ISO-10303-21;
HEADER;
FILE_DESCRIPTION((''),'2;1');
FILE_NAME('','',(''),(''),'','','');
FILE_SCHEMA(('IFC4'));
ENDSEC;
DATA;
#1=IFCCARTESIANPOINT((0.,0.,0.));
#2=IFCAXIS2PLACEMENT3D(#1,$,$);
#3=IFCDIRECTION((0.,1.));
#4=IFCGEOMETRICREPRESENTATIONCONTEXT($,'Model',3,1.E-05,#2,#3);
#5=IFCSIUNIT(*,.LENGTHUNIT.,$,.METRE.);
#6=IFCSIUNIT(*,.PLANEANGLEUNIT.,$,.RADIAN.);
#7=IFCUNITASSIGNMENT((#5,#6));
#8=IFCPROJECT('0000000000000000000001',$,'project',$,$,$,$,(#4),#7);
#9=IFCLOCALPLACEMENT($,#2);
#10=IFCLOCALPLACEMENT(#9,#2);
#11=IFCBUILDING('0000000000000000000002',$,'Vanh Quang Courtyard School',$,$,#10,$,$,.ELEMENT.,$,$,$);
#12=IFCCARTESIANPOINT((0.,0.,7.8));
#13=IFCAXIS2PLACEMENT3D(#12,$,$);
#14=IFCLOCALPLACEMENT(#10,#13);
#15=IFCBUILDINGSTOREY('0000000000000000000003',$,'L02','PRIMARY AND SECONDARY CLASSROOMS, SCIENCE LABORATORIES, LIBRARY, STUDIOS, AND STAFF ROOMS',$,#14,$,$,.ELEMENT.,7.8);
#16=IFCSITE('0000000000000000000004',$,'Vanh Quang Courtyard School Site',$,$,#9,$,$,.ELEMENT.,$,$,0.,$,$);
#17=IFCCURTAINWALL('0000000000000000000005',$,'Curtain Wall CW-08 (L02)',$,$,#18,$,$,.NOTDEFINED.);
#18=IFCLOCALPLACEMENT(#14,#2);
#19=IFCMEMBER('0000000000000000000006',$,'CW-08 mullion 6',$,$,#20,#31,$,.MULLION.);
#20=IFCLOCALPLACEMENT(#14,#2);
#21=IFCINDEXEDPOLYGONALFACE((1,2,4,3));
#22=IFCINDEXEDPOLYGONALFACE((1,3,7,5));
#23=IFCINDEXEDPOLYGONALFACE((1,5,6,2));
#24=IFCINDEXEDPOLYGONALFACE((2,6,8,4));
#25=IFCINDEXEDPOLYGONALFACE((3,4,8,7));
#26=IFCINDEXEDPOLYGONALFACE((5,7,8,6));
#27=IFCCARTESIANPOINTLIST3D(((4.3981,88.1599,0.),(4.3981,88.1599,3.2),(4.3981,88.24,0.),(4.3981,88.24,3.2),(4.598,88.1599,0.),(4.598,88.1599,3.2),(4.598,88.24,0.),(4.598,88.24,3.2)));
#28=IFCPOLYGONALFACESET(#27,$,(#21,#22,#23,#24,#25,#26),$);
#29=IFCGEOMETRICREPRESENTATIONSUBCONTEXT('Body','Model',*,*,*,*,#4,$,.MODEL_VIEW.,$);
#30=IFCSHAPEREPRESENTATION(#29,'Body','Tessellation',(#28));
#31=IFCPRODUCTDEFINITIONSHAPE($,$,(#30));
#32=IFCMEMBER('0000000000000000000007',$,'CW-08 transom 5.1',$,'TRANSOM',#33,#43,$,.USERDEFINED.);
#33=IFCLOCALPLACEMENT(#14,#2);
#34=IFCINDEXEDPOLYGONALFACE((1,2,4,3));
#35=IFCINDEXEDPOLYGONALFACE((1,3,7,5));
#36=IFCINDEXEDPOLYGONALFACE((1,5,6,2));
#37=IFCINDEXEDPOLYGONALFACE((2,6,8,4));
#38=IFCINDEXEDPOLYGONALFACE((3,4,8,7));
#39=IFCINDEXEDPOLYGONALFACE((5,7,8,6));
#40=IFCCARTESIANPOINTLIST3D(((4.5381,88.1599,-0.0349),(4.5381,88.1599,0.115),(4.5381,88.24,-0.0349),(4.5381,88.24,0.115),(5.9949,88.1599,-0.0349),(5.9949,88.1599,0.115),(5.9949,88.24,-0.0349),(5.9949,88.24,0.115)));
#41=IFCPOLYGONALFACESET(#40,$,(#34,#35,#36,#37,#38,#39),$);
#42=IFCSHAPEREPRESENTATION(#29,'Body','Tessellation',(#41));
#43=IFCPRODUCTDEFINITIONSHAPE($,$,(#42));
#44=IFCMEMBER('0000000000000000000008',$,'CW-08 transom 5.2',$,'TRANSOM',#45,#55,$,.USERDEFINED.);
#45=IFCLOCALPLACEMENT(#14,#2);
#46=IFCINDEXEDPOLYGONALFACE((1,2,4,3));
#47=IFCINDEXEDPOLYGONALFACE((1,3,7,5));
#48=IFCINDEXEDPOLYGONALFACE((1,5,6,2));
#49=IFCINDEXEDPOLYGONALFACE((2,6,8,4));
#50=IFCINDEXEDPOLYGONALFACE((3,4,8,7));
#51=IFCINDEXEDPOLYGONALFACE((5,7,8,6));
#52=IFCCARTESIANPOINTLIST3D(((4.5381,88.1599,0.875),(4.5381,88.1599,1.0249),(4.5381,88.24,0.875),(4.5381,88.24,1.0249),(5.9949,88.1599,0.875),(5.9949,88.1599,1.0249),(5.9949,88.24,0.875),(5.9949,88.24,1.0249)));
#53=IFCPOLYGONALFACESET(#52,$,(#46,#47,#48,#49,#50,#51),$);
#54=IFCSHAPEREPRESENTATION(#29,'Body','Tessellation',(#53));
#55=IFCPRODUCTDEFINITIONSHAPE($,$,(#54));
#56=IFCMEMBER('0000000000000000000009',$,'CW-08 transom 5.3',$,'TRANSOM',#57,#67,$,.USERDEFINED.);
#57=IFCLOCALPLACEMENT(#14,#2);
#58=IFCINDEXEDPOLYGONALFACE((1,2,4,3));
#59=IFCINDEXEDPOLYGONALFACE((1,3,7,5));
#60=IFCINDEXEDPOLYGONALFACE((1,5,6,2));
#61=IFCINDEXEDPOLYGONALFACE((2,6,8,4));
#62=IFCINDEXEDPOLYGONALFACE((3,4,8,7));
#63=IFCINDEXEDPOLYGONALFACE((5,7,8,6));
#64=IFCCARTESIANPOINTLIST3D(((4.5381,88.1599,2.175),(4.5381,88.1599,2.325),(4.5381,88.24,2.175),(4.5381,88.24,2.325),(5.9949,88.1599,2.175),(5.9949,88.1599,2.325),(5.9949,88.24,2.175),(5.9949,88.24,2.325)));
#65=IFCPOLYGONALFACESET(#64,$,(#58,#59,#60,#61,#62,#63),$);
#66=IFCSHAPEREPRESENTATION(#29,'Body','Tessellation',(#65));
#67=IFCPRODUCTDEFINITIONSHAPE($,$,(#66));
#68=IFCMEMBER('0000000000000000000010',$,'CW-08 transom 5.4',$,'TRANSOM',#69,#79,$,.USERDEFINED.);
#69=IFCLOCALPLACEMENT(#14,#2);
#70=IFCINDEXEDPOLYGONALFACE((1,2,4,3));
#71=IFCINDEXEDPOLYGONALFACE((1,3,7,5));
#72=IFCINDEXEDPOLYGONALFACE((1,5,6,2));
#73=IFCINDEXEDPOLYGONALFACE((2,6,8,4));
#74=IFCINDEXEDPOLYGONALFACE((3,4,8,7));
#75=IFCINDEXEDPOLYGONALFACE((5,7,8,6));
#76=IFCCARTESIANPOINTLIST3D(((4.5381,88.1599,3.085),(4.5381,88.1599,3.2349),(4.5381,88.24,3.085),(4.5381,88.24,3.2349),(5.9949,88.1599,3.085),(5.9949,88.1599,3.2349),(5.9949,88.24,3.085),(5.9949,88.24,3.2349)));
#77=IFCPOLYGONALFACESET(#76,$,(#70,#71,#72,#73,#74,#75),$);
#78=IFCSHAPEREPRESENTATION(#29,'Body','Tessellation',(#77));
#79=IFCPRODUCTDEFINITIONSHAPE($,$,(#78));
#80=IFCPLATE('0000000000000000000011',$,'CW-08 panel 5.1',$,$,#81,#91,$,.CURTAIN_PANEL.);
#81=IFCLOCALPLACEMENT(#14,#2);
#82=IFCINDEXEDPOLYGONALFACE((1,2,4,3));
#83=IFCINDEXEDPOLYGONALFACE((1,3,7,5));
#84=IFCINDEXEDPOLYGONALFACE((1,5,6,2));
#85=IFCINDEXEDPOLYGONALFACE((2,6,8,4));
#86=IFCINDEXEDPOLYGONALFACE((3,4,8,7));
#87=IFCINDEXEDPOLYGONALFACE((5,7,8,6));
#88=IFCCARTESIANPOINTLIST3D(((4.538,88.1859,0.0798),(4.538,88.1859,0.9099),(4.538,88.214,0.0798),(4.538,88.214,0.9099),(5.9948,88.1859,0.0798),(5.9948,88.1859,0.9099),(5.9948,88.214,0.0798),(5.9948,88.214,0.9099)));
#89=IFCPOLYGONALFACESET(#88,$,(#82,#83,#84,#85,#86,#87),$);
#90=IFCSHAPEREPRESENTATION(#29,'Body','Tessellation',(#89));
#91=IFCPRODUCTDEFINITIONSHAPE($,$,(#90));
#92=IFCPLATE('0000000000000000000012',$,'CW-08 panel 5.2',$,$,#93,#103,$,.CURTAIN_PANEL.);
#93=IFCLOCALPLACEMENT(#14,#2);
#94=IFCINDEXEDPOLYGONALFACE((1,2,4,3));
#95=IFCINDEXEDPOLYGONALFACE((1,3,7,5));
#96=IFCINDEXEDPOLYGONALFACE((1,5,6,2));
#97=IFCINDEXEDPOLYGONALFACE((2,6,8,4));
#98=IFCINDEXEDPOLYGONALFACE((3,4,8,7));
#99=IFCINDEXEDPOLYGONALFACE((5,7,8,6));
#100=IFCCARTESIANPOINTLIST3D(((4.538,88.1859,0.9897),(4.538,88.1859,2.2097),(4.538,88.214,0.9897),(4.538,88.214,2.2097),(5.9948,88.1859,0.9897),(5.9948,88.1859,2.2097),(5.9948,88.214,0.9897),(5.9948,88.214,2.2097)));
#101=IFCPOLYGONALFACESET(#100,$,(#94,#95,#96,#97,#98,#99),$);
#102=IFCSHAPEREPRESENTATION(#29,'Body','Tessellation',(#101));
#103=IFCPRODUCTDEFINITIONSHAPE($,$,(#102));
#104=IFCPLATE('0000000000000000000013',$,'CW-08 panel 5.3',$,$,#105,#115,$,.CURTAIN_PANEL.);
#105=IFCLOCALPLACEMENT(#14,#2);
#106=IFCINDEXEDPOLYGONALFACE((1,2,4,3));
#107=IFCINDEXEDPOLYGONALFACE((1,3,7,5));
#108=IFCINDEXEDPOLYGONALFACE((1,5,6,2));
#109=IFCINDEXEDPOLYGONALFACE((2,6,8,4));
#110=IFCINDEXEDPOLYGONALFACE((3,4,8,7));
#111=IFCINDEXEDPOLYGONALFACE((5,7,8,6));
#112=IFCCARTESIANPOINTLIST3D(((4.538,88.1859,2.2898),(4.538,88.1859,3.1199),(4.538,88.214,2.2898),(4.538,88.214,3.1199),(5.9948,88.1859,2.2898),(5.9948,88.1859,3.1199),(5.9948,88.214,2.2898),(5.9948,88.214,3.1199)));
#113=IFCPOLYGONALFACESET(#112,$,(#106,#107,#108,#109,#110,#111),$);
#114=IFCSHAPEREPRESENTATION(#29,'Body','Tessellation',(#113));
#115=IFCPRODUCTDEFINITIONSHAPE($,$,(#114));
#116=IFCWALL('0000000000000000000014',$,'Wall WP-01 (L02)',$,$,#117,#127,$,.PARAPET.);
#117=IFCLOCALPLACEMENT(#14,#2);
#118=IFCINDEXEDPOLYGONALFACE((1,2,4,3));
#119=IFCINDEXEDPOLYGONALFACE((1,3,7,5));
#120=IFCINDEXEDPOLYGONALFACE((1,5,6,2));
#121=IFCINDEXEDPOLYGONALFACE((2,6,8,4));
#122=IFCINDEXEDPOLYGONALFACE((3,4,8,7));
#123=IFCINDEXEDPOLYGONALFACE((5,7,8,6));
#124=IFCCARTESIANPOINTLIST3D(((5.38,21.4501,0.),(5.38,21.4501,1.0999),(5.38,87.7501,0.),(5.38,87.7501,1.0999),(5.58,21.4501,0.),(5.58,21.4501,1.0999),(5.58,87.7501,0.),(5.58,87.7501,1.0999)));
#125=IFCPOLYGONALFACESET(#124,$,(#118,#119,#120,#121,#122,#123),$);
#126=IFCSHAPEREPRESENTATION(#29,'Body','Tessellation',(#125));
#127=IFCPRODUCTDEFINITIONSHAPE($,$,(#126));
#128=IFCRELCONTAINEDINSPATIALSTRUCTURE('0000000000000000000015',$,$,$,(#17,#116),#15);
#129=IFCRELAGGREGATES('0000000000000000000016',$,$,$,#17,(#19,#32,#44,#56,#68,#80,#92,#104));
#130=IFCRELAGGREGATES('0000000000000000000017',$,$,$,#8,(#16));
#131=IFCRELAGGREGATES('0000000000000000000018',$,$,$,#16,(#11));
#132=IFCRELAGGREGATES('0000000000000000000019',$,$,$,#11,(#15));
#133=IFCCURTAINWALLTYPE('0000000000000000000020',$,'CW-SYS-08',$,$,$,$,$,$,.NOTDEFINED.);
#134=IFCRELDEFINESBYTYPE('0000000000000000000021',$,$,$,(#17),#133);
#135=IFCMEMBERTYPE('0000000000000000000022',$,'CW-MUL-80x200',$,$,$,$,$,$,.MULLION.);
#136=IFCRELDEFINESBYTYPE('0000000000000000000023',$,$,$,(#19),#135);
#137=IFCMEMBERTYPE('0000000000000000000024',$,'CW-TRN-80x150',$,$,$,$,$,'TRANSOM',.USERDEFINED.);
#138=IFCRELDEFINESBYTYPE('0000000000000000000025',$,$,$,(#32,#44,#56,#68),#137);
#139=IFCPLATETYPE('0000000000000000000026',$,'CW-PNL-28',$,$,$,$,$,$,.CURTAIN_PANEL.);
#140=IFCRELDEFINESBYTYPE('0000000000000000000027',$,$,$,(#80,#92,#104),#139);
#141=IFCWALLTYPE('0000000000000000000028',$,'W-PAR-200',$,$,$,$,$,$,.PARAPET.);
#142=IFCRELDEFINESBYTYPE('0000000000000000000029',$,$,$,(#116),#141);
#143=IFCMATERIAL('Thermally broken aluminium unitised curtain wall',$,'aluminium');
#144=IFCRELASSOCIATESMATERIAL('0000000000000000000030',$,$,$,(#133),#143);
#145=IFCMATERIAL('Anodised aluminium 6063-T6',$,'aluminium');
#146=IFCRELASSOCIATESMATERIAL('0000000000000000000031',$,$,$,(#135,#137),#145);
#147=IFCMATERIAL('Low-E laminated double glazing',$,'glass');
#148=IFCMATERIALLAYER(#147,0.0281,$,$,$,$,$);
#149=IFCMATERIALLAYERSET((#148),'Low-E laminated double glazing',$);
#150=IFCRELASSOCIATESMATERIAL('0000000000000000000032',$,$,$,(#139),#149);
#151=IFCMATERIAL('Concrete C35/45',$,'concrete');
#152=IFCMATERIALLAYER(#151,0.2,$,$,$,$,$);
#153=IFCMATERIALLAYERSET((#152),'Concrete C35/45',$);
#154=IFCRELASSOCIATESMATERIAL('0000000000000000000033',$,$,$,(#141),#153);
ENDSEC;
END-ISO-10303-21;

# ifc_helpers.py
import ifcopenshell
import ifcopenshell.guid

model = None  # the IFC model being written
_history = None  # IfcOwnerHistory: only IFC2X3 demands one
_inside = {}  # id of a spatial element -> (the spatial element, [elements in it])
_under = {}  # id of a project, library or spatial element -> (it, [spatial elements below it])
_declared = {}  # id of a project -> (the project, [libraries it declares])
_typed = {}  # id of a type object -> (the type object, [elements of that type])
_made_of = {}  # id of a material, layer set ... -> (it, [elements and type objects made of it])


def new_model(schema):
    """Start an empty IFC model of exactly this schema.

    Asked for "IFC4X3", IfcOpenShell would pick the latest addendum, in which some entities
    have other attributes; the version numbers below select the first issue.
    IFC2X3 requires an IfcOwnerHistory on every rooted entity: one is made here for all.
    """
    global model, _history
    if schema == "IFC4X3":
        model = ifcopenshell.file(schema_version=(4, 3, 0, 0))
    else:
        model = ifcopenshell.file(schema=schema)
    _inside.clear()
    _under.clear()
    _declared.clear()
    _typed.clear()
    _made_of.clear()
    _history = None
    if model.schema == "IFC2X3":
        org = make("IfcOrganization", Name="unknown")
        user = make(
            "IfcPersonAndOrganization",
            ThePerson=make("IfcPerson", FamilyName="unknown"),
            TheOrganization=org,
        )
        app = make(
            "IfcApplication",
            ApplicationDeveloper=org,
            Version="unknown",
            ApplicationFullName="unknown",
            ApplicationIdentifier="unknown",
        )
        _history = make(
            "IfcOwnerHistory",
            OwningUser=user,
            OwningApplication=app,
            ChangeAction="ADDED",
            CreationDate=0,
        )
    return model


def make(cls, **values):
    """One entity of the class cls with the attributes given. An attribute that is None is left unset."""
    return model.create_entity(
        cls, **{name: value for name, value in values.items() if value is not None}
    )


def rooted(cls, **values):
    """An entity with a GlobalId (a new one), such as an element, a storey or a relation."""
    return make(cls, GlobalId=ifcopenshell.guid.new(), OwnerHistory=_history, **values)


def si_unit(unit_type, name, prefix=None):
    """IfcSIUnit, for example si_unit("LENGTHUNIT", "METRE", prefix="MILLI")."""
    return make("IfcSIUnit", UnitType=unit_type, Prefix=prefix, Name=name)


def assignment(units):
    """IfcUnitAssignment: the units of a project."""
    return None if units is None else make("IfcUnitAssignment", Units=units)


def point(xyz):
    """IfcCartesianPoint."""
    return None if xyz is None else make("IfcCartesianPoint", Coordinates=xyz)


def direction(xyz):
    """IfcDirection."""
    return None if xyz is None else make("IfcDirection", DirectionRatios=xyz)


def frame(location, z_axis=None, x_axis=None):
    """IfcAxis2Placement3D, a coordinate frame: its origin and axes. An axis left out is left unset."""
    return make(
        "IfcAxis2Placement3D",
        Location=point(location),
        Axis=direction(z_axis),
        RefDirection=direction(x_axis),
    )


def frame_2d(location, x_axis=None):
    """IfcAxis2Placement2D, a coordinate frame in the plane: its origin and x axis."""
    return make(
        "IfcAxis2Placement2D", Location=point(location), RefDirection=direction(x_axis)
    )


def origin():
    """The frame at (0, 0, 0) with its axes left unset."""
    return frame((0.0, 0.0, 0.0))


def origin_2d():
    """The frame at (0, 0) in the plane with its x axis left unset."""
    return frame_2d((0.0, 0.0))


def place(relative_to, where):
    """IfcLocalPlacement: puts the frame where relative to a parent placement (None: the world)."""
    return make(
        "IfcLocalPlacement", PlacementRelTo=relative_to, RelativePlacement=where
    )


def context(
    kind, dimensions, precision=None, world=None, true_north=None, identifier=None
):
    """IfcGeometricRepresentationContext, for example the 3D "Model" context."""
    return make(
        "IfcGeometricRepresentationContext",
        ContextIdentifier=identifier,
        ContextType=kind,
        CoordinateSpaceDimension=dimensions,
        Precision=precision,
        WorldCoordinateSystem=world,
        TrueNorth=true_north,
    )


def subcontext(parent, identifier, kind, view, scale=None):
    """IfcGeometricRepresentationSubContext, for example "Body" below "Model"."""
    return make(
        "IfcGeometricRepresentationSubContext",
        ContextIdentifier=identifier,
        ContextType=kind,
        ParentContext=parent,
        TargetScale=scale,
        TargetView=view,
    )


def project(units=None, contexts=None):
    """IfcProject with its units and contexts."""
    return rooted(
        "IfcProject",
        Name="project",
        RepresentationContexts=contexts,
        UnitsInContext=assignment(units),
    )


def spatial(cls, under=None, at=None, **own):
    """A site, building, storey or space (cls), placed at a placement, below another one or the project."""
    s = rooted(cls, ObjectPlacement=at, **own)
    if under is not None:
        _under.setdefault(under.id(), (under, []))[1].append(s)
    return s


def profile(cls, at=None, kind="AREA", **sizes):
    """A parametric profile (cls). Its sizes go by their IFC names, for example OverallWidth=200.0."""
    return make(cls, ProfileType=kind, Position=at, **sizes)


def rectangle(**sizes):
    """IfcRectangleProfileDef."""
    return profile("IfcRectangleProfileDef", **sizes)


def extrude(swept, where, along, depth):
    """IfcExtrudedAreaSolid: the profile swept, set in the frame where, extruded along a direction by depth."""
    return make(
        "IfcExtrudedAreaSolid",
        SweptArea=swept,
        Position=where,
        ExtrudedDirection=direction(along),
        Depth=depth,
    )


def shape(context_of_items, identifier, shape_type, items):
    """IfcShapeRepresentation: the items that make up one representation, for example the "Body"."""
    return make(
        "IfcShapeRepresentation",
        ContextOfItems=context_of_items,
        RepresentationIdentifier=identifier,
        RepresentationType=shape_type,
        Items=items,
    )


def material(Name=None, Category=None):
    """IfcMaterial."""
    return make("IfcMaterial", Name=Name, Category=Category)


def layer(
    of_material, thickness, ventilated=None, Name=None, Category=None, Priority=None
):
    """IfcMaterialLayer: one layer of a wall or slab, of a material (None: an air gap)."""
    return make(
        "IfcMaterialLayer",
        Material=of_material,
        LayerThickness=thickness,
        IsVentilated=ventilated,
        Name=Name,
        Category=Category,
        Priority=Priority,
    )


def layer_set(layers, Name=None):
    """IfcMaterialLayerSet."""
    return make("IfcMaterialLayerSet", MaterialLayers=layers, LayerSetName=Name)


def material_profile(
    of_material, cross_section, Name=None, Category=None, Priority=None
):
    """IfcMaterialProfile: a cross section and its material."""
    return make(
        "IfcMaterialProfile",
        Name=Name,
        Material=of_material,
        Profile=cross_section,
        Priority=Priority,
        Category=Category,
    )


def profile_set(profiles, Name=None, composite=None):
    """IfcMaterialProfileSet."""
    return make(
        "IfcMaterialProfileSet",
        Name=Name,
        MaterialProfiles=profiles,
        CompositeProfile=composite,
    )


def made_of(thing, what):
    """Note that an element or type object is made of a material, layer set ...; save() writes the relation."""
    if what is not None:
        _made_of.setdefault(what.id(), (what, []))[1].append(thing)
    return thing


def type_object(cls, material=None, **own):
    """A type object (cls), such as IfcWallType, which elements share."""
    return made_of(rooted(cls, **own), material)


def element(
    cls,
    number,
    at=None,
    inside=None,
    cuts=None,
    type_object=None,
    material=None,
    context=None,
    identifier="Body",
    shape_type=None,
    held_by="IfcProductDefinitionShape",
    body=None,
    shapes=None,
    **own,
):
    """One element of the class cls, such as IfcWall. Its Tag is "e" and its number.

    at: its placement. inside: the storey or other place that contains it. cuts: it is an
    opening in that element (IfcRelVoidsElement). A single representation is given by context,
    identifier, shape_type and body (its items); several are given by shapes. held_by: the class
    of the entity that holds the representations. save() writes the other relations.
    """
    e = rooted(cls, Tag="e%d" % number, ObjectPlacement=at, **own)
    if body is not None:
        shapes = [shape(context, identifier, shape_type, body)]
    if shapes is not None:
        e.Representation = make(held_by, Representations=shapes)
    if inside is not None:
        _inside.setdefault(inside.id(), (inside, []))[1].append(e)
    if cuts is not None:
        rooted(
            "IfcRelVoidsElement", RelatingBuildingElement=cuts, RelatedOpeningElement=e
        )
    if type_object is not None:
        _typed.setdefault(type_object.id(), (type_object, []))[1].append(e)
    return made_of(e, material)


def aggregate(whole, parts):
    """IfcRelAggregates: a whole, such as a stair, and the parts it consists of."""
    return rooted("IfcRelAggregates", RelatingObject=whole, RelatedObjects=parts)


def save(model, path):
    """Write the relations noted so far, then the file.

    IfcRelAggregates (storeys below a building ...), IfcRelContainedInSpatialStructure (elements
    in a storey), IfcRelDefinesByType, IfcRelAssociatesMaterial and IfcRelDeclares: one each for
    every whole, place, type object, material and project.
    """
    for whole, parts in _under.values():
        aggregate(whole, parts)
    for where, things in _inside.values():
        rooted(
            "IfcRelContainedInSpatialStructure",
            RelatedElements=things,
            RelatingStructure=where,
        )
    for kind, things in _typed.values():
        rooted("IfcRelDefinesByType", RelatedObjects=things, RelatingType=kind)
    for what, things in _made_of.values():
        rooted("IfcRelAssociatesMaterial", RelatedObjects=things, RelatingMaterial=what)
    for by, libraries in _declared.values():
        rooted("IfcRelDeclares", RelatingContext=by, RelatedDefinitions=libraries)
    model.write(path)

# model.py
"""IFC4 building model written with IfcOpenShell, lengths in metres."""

from ifc_helpers import new_model, si_unit, direction, frame, frame_2d, origin, origin_2d, place, context, subcontext, project, spatial, rectangle, extrude, material, layer, layer_set, material_profile, profile_set, type_object, element, aggregate, save


model = new_model("IFC4")

# Units and contexts
model_context = context("Model", 3, precision=1e-05, world=origin(), true_north=direction((0.0, 1.0)))
body_context = subcontext(model_context, "Body", "Model", "MODEL_VIEW")
ifc_project = project(units=[si_unit("LENGTHUNIT", "METRE"), si_unit("PLANEANGLEUNIT", "RADIAN")], contexts=[model_context])

# Site, building, storey
site_placement = place(None, origin())
site = spatial("IfcSite", under=ifc_project, at=site_placement, Name="Vanh Quang Courtyard School Site", CompositionType="ELEMENT", RefElevation=0.0)
building_placement = place(site_placement, origin())
building = spatial("IfcBuilding", under=site, at=building_placement, Name="Vanh Quang Courtyard School", CompositionType="ELEMENT")
storey_placement = place(building_placement, frame((0.0, 0.0, 7.8)))
storey = spatial("IfcBuildingStorey", under=building, at=storey_placement, Name="L02", Description="PRIMARY AND SECONDARY CLASSROOMS, SCIENCE LABORATORIES, LIBRARY, STUDIOS, AND STAFF ROOMS", CompositionType="ELEMENT", Elevation=7.8)

# Shared definitions
ifc_material_1 = material(Name="Concrete C35/45", Category="concrete")

# Curtain wall, members, plates
ifc_material_2 = material(Name="Thermally broken aluminium unitised curtain wall", Category="aluminium")
curtain_wall_type = type_object("IfcCurtainWallType", Name="CW-SYS-08", PredefinedType="NOTDEFINED", material=ifc_material_2)
curtain_wall_placement = place(storey_placement, origin())
curtain_wall = element("IfcCurtainWall", 1, at=curtain_wall_placement, inside=storey, type_object=curtain_wall_type, Name="Curtain Wall CW-08 (L02)", PredefinedType="NOTDEFINED")
ifc_material_3 = material(Name="Anodised aluminium 6063-T6", Category="aluminium")
ifc_material_profile_1 = material_profile(ifc_material_3, rectangle(XDim=0.0801, YDim=0.2, at=origin_2d()), Name="ALU-MUL 80x200")
ifc_profile_set_1 = profile_set([ifc_material_profile_1], Name="Anodised aluminium 6063-T6")
member_type_1 = type_object("IfcMemberType", Name="CW-MUL-80x200", PredefinedType="MULLION", material=ifc_profile_set_1)
member_1_placement = place(storey_placement, frame((4.498, 88.2, 0.0), z_axis=(0.0, 0.0, 1.0), x_axis=(0.0, -1.0, 0.0)))
member_1 = element("IfcMember", 2, at=member_1_placement, type_object=member_type_1, Name="CW-08 mullion 6", PredefinedType="MULLION", context=body_context, shape_type="SweptSolid", body=[
    extrude(rectangle(XDim=0.0801, YDim=0.2, at=origin_2d()), origin(), (0.0, 0.0, 1.0), 3.2),
])
ifc_material_profile_2 = material_profile(ifc_material_3, rectangle(XDim=0.0801, YDim=0.1499, at=origin_2d()), Name="ALU-TRN 80x150")
ifc_profile_set_2 = profile_set([ifc_material_profile_2], Name="Anodised aluminium 6063-T6")
member_type_2 = type_object("IfcMemberType", Name="CW-TRN-80x150", ElementType="TRANSOM", PredefinedType="USERDEFINED", material=ifc_profile_set_2)
member_2_placement = place(storey_placement, frame((5.9949, 88.2, 0.04), z_axis=(-1.0, 0.0, 0.0), x_axis=(0.0, -1.0, 0.0)))
member_2 = element("IfcMember", 3, at=member_2_placement, type_object=member_type_2, Name="CW-08 transom 5.1", ObjectType="TRANSOM", PredefinedType="USERDEFINED", context=body_context, shape_type="SweptSolid", body=[
    extrude(rectangle(XDim=0.0801, YDim=0.1499, at=origin_2d()), origin(), (0.0, 0.0, 1.0), 1.4568),
])
member_3_placement = place(storey_placement, frame((5.9949, 88.2, 0.95), z_axis=(-1.0, 0.0, 0.0), x_axis=(0.0, -1.0, 0.0)))
member_3 = element("IfcMember", 4, at=member_3_placement, type_object=member_type_2, Name="CW-08 transom 5.2", ObjectType="TRANSOM", PredefinedType="USERDEFINED", context=body_context, shape_type="SweptSolid", body=[
    extrude(rectangle(XDim=0.0801, YDim=0.1499, at=origin_2d()), origin(), (0.0, 0.0, 1.0), 1.4568),
])
member_4_placement = place(storey_placement, frame((5.9949, 88.2, 2.25), z_axis=(-1.0, 0.0, 0.0), x_axis=(0.0, -1.0, 0.0)))
member_4 = element("IfcMember", 5, at=member_4_placement, type_object=member_type_2, Name="CW-08 transom 5.3", ObjectType="TRANSOM", PredefinedType="USERDEFINED", context=body_context, shape_type="SweptSolid", body=[
    extrude(rectangle(XDim=0.0801, YDim=0.1499, at=origin_2d()), origin(), (0.0, 0.0, 1.0), 1.4568),
])
member_5_placement = place(storey_placement, frame((5.9949, 88.2, 3.1599), z_axis=(-1.0, 0.0, 0.0), x_axis=(0.0, -1.0, 0.0)))
member_5 = element("IfcMember", 6, at=member_5_placement, type_object=member_type_2, Name="CW-08 transom 5.4", ObjectType="TRANSOM", PredefinedType="USERDEFINED", context=body_context, shape_type="SweptSolid", body=[
    extrude(rectangle(XDim=0.0801, YDim=0.1499, at=origin_2d()), origin(), (0.0, 0.0, 1.0), 1.4568),
])
ifc_material_4 = material(Name="Low-E laminated double glazing", Category="glass")
ifc_layer_1 = layer(ifc_material_4, 0.0281)
ifc_layer_set_1 = layer_set([ifc_layer_1], Name="Low-E laminated double glazing")
plate_type = type_object("IfcPlateType", Name="CW-PNL-28", PredefinedType="CURTAIN_PANEL", material=ifc_layer_set_1)
plate_1_placement = place(storey_placement, frame((5.2664, 88.2, 0.0798), z_axis=(0.0, 0.0, 1.0), x_axis=(-1.0, 0.0, 0.0)))
plate_1 = element("IfcPlate", 7, at=plate_1_placement, type_object=plate_type, Name="CW-08 panel 5.1", PredefinedType="CURTAIN_PANEL", context=body_context, shape_type="SweptSolid", body=[
    extrude(rectangle(XDim=1.4568, YDim=0.0281, at=origin_2d()), origin(), (0.0, 0.0, 1.0), 0.8301),
])
plate_2_placement = place(storey_placement, frame((5.2664, 88.2, 0.9897), z_axis=(0.0, 0.0, 1.0), x_axis=(-1.0, 0.0, 0.0)))
plate_2 = element("IfcPlate", 8, at=plate_2_placement, type_object=plate_type, Name="CW-08 panel 5.2", PredefinedType="CURTAIN_PANEL", context=body_context, shape_type="SweptSolid", body=[
    extrude(rectangle(XDim=1.4568, YDim=0.0281, at=origin_2d()), origin(), (0.0, 0.0, 1.0), 1.22),
])
plate_3_placement = place(storey_placement, frame((5.2664, 88.2, 2.2898), z_axis=(0.0, 0.0, 1.0), x_axis=(-1.0, 0.0, 0.0)))
plate_3 = element("IfcPlate", 9, at=plate_3_placement, type_object=plate_type, Name="CW-08 panel 5.3", PredefinedType="CURTAIN_PANEL", context=body_context, shape_type="SweptSolid", body=[
    extrude(rectangle(XDim=1.4568, YDim=0.0281, at=origin_2d()), origin(), (0.0, 0.0, 1.0), 0.8301),
])
aggregate(curtain_wall, [member_1, member_2, member_3, member_4, member_5, plate_1, plate_2, plate_3])

# Wall
ifc_layer_2 = layer(ifc_material_1, 0.2)
ifc_layer_set_2 = layer_set([ifc_layer_2], Name="Concrete C35/45")
wall_type = type_object("IfcWallType", Name="W-PAR-200", PredefinedType="PARAPET", material=ifc_layer_set_2)
wall_placement = place(storey_placement, frame((5.48, 87.75, 0.0), z_axis=(0.0, 0.0, 1.0), x_axis=(0.0, -1.0, 0.0)))
element("IfcWall", 10, at=wall_placement, inside=storey, type_object=wall_type, Name="Wall WP-01 (L02)", PredefinedType="PARAPET", context=body_context, shape_type="SweptSolid", body=[
    extrude(rectangle(XDim=66.3, YDim=0.2, at=frame_2d((33.1499, 0.0))), origin(), (0.0, 0.0, 1.0), 1.0999),
])

save(model, "model.ifc")
